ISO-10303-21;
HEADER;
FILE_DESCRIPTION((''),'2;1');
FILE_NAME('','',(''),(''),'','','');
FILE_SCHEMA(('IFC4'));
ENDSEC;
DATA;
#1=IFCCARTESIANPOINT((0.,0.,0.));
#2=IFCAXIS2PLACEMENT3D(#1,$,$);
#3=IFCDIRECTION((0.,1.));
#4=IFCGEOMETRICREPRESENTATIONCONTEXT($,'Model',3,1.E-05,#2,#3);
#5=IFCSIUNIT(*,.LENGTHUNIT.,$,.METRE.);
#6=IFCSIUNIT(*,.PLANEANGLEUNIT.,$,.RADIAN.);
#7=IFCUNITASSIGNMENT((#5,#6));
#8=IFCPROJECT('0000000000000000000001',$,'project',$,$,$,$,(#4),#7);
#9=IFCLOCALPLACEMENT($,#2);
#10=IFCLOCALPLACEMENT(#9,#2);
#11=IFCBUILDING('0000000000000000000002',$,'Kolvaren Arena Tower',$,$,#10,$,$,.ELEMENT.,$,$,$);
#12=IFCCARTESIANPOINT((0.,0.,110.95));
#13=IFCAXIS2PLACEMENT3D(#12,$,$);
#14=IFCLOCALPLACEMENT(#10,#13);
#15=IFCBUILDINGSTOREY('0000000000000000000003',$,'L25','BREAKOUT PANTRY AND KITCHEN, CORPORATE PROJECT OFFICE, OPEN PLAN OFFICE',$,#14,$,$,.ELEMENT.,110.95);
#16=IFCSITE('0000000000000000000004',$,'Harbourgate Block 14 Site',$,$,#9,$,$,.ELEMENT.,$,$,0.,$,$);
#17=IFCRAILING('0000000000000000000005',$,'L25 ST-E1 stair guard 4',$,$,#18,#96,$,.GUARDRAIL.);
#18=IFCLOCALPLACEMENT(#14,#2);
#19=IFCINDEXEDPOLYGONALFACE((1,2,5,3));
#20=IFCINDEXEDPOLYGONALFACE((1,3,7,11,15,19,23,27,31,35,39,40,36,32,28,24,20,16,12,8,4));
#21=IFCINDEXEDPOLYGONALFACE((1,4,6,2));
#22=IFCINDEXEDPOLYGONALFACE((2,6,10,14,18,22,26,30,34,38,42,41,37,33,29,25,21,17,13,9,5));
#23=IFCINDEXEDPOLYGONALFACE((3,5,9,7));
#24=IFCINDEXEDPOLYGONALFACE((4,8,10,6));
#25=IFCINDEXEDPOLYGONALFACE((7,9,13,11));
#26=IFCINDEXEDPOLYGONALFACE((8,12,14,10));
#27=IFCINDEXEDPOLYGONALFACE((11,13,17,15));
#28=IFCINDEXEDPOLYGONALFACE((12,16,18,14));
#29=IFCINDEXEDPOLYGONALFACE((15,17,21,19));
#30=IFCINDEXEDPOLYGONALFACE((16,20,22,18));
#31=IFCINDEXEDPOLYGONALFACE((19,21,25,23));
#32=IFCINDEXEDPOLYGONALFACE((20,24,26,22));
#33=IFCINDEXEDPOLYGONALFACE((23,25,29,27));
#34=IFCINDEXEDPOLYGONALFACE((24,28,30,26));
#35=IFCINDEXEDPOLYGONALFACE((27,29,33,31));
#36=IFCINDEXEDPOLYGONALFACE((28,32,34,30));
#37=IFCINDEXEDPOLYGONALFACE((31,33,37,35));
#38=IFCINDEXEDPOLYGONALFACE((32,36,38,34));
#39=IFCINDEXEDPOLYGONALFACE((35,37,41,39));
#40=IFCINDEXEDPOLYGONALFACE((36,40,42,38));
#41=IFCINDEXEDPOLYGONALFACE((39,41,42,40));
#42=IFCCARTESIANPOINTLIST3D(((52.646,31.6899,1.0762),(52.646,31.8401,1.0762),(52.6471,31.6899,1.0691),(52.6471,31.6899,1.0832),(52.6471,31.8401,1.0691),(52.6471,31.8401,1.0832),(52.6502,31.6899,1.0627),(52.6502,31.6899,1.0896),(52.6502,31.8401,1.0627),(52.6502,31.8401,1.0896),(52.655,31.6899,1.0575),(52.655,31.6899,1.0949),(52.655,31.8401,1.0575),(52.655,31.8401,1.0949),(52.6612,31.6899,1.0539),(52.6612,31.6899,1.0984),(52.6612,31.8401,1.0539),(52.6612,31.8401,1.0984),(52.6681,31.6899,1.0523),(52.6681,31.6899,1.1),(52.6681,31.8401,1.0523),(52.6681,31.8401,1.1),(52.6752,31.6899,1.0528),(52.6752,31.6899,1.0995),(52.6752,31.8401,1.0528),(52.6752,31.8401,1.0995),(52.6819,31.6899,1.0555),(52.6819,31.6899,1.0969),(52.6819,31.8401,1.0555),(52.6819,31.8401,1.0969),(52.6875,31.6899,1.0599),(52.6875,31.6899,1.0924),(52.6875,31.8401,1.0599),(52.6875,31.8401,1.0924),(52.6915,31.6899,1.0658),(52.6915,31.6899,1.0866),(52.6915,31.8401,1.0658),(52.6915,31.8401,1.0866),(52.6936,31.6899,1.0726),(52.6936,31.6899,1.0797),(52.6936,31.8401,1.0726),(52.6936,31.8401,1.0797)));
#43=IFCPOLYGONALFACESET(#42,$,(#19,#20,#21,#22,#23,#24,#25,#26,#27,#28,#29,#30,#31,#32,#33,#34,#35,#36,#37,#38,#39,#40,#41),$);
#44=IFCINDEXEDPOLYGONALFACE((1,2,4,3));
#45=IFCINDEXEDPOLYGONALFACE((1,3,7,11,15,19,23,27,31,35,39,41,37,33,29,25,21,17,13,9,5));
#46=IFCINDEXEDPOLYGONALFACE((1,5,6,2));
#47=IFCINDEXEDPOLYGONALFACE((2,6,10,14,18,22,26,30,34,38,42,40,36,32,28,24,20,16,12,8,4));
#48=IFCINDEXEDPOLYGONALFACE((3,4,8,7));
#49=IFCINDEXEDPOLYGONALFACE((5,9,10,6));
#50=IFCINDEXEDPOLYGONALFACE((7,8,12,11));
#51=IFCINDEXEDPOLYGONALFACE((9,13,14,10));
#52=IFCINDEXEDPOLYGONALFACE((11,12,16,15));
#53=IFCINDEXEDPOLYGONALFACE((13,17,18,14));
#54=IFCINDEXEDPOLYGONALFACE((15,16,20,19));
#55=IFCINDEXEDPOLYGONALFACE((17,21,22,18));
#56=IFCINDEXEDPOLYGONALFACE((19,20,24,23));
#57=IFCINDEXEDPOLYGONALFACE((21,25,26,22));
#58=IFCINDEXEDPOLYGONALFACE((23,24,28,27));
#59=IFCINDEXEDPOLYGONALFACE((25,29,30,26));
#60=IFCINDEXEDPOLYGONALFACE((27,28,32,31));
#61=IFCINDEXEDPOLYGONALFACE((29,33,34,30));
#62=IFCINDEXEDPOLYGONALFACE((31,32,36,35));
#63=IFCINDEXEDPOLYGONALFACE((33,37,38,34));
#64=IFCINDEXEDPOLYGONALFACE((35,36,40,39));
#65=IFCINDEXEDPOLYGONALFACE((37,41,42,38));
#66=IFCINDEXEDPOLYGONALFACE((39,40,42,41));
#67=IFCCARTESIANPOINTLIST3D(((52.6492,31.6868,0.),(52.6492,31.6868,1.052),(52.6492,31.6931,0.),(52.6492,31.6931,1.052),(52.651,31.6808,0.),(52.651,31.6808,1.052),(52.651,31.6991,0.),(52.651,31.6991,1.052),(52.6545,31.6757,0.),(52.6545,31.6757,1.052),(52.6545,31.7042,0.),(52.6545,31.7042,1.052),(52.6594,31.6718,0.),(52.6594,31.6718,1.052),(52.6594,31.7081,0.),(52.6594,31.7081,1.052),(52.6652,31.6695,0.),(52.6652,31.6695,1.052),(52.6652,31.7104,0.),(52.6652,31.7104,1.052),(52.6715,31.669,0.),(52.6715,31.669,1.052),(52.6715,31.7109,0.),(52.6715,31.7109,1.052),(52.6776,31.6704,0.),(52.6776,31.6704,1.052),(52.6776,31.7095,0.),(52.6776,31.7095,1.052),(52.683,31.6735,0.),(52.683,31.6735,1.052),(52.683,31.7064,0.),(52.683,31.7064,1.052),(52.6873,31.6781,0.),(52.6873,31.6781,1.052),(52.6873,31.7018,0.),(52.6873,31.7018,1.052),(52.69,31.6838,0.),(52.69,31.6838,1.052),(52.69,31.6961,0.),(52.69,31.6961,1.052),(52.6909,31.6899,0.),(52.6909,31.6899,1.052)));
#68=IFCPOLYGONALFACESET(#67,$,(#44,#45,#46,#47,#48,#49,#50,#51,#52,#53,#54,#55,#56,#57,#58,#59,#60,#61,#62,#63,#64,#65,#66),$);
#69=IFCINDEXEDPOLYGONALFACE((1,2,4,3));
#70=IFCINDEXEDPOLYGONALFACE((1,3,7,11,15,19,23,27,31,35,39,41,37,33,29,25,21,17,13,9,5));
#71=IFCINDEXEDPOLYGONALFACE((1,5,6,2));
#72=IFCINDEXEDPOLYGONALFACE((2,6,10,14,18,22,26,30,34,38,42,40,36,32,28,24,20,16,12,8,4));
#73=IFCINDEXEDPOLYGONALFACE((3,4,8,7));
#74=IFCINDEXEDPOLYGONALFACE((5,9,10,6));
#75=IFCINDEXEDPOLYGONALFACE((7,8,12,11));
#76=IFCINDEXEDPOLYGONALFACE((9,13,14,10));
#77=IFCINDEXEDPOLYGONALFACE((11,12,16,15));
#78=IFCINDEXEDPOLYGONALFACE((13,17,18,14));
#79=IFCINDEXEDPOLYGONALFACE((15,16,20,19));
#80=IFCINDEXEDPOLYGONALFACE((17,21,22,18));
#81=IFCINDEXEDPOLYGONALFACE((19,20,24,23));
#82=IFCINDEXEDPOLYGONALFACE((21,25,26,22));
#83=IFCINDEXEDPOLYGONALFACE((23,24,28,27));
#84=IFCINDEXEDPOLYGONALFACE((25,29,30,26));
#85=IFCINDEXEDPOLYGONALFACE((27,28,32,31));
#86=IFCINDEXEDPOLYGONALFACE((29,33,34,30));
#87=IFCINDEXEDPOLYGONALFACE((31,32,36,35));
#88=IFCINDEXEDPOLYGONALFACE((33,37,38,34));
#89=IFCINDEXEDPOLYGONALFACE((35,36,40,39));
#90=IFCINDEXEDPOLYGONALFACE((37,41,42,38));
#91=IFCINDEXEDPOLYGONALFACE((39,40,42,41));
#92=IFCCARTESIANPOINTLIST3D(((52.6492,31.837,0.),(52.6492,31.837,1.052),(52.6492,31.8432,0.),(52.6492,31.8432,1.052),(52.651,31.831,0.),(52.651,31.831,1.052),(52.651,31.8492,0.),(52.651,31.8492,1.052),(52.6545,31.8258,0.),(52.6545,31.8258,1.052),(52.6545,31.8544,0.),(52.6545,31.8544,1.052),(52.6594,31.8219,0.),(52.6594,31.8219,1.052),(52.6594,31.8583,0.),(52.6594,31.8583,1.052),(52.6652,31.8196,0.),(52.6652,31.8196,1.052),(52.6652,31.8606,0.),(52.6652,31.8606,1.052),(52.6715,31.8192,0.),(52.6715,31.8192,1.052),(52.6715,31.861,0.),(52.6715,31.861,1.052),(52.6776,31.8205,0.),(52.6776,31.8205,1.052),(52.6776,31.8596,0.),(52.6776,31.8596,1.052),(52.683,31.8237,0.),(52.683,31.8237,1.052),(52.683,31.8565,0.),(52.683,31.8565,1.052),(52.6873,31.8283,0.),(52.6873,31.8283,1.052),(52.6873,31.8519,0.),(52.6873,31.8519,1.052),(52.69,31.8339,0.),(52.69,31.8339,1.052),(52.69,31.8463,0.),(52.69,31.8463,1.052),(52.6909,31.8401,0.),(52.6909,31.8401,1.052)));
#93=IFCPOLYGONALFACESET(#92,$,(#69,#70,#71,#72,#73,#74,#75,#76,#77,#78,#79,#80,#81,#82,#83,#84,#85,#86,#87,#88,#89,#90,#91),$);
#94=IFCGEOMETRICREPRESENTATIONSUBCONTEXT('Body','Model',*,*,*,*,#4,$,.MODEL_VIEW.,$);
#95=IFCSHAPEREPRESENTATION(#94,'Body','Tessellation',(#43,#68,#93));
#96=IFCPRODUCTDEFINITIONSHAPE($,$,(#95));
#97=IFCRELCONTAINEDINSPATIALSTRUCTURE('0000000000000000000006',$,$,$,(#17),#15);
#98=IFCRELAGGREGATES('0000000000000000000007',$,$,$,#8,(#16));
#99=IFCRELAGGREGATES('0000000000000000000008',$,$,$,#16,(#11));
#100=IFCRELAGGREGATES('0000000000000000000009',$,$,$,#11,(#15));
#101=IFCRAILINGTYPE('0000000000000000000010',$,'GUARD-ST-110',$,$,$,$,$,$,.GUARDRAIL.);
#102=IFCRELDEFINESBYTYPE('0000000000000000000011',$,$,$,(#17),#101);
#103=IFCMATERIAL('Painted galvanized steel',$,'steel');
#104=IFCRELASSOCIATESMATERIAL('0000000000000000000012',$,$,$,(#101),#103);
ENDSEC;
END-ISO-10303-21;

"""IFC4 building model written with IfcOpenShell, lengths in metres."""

from ifc_helpers import new_model, si_unit, direction, frame, origin, origin_2d, place, context, subcontext, project, spatial, circle, extrude, material, type_object, element, save


model = new_model("IFC4")

# Units and contexts
model_context = context("Model", 3, precision=1e-05, world=origin(), true_north=direction((0.0, 1.0)))
body_context = subcontext(model_context, "Body", "Model", "MODEL_VIEW")
ifc_project = project(units=[si_unit("LENGTHUNIT", "METRE"), si_unit("PLANEANGLEUNIT", "RADIAN")], contexts=[model_context])

# Site, building, storey
site_placement = place(None, origin())
site = spatial("IfcSite", under=ifc_project, at=site_placement, Name="Harbourgate Block 14 Site", CompositionType="ELEMENT", RefElevation=0.0)
building_placement = place(site_placement, origin())
building = spatial("IfcBuilding", under=site, at=building_placement, Name="Kolvaren Arena Tower", CompositionType="ELEMENT")
storey_placement = place(building_placement, frame((0.0, 0.0, 110.95)))
storey = spatial("IfcBuildingStorey", under=building, at=storey_placement, Name="L25", Description="BREAKOUT PANTRY AND KITCHEN, CORPORATE PROJECT OFFICE, OPEN PLAN OFFICE", CompositionType="ELEMENT", Elevation=110.95)

# Railing
ifc_material_1 = material(Name="Painted galvanized steel", Category="steel")
railing_type_1 = type_object("IfcRailingType", Name="GUARD-ST-110", PredefinedType="GUARDRAIL", material=ifc_material_1)
railing_1_placement = place(storey_placement, frame((52.6699, 31.6899, 0.0)))
element("IfcRailing", 1, at=railing_1_placement, inside=storey, type_object=railing_type_1, Name="L25 ST-E1 stair guard 4", PredefinedType="GUARDRAIL", context=body_context, shape_type="SweptSolid", body=[
    extrude(circle(Radius=0.0239, at=origin_2d()), frame((0.0, 0.0, 1.0762), z_axis=(0.0, 1.0, 0.0), x_axis=(-1.0, 0.0, 0.0)), (0.0, 0.0, 1.0), 0.1501),
    extrude(circle(Radius=0.021, at=origin_2d()), origin(), (0.0, 0.0, 1.0), 1.052),
    extrude(circle(Radius=0.021, at=origin_2d()), frame((0.0, 0.1501, 0.0)), (0.0, 0.0, 1.0), 1.052),
])

save(model, "model.ifc")
